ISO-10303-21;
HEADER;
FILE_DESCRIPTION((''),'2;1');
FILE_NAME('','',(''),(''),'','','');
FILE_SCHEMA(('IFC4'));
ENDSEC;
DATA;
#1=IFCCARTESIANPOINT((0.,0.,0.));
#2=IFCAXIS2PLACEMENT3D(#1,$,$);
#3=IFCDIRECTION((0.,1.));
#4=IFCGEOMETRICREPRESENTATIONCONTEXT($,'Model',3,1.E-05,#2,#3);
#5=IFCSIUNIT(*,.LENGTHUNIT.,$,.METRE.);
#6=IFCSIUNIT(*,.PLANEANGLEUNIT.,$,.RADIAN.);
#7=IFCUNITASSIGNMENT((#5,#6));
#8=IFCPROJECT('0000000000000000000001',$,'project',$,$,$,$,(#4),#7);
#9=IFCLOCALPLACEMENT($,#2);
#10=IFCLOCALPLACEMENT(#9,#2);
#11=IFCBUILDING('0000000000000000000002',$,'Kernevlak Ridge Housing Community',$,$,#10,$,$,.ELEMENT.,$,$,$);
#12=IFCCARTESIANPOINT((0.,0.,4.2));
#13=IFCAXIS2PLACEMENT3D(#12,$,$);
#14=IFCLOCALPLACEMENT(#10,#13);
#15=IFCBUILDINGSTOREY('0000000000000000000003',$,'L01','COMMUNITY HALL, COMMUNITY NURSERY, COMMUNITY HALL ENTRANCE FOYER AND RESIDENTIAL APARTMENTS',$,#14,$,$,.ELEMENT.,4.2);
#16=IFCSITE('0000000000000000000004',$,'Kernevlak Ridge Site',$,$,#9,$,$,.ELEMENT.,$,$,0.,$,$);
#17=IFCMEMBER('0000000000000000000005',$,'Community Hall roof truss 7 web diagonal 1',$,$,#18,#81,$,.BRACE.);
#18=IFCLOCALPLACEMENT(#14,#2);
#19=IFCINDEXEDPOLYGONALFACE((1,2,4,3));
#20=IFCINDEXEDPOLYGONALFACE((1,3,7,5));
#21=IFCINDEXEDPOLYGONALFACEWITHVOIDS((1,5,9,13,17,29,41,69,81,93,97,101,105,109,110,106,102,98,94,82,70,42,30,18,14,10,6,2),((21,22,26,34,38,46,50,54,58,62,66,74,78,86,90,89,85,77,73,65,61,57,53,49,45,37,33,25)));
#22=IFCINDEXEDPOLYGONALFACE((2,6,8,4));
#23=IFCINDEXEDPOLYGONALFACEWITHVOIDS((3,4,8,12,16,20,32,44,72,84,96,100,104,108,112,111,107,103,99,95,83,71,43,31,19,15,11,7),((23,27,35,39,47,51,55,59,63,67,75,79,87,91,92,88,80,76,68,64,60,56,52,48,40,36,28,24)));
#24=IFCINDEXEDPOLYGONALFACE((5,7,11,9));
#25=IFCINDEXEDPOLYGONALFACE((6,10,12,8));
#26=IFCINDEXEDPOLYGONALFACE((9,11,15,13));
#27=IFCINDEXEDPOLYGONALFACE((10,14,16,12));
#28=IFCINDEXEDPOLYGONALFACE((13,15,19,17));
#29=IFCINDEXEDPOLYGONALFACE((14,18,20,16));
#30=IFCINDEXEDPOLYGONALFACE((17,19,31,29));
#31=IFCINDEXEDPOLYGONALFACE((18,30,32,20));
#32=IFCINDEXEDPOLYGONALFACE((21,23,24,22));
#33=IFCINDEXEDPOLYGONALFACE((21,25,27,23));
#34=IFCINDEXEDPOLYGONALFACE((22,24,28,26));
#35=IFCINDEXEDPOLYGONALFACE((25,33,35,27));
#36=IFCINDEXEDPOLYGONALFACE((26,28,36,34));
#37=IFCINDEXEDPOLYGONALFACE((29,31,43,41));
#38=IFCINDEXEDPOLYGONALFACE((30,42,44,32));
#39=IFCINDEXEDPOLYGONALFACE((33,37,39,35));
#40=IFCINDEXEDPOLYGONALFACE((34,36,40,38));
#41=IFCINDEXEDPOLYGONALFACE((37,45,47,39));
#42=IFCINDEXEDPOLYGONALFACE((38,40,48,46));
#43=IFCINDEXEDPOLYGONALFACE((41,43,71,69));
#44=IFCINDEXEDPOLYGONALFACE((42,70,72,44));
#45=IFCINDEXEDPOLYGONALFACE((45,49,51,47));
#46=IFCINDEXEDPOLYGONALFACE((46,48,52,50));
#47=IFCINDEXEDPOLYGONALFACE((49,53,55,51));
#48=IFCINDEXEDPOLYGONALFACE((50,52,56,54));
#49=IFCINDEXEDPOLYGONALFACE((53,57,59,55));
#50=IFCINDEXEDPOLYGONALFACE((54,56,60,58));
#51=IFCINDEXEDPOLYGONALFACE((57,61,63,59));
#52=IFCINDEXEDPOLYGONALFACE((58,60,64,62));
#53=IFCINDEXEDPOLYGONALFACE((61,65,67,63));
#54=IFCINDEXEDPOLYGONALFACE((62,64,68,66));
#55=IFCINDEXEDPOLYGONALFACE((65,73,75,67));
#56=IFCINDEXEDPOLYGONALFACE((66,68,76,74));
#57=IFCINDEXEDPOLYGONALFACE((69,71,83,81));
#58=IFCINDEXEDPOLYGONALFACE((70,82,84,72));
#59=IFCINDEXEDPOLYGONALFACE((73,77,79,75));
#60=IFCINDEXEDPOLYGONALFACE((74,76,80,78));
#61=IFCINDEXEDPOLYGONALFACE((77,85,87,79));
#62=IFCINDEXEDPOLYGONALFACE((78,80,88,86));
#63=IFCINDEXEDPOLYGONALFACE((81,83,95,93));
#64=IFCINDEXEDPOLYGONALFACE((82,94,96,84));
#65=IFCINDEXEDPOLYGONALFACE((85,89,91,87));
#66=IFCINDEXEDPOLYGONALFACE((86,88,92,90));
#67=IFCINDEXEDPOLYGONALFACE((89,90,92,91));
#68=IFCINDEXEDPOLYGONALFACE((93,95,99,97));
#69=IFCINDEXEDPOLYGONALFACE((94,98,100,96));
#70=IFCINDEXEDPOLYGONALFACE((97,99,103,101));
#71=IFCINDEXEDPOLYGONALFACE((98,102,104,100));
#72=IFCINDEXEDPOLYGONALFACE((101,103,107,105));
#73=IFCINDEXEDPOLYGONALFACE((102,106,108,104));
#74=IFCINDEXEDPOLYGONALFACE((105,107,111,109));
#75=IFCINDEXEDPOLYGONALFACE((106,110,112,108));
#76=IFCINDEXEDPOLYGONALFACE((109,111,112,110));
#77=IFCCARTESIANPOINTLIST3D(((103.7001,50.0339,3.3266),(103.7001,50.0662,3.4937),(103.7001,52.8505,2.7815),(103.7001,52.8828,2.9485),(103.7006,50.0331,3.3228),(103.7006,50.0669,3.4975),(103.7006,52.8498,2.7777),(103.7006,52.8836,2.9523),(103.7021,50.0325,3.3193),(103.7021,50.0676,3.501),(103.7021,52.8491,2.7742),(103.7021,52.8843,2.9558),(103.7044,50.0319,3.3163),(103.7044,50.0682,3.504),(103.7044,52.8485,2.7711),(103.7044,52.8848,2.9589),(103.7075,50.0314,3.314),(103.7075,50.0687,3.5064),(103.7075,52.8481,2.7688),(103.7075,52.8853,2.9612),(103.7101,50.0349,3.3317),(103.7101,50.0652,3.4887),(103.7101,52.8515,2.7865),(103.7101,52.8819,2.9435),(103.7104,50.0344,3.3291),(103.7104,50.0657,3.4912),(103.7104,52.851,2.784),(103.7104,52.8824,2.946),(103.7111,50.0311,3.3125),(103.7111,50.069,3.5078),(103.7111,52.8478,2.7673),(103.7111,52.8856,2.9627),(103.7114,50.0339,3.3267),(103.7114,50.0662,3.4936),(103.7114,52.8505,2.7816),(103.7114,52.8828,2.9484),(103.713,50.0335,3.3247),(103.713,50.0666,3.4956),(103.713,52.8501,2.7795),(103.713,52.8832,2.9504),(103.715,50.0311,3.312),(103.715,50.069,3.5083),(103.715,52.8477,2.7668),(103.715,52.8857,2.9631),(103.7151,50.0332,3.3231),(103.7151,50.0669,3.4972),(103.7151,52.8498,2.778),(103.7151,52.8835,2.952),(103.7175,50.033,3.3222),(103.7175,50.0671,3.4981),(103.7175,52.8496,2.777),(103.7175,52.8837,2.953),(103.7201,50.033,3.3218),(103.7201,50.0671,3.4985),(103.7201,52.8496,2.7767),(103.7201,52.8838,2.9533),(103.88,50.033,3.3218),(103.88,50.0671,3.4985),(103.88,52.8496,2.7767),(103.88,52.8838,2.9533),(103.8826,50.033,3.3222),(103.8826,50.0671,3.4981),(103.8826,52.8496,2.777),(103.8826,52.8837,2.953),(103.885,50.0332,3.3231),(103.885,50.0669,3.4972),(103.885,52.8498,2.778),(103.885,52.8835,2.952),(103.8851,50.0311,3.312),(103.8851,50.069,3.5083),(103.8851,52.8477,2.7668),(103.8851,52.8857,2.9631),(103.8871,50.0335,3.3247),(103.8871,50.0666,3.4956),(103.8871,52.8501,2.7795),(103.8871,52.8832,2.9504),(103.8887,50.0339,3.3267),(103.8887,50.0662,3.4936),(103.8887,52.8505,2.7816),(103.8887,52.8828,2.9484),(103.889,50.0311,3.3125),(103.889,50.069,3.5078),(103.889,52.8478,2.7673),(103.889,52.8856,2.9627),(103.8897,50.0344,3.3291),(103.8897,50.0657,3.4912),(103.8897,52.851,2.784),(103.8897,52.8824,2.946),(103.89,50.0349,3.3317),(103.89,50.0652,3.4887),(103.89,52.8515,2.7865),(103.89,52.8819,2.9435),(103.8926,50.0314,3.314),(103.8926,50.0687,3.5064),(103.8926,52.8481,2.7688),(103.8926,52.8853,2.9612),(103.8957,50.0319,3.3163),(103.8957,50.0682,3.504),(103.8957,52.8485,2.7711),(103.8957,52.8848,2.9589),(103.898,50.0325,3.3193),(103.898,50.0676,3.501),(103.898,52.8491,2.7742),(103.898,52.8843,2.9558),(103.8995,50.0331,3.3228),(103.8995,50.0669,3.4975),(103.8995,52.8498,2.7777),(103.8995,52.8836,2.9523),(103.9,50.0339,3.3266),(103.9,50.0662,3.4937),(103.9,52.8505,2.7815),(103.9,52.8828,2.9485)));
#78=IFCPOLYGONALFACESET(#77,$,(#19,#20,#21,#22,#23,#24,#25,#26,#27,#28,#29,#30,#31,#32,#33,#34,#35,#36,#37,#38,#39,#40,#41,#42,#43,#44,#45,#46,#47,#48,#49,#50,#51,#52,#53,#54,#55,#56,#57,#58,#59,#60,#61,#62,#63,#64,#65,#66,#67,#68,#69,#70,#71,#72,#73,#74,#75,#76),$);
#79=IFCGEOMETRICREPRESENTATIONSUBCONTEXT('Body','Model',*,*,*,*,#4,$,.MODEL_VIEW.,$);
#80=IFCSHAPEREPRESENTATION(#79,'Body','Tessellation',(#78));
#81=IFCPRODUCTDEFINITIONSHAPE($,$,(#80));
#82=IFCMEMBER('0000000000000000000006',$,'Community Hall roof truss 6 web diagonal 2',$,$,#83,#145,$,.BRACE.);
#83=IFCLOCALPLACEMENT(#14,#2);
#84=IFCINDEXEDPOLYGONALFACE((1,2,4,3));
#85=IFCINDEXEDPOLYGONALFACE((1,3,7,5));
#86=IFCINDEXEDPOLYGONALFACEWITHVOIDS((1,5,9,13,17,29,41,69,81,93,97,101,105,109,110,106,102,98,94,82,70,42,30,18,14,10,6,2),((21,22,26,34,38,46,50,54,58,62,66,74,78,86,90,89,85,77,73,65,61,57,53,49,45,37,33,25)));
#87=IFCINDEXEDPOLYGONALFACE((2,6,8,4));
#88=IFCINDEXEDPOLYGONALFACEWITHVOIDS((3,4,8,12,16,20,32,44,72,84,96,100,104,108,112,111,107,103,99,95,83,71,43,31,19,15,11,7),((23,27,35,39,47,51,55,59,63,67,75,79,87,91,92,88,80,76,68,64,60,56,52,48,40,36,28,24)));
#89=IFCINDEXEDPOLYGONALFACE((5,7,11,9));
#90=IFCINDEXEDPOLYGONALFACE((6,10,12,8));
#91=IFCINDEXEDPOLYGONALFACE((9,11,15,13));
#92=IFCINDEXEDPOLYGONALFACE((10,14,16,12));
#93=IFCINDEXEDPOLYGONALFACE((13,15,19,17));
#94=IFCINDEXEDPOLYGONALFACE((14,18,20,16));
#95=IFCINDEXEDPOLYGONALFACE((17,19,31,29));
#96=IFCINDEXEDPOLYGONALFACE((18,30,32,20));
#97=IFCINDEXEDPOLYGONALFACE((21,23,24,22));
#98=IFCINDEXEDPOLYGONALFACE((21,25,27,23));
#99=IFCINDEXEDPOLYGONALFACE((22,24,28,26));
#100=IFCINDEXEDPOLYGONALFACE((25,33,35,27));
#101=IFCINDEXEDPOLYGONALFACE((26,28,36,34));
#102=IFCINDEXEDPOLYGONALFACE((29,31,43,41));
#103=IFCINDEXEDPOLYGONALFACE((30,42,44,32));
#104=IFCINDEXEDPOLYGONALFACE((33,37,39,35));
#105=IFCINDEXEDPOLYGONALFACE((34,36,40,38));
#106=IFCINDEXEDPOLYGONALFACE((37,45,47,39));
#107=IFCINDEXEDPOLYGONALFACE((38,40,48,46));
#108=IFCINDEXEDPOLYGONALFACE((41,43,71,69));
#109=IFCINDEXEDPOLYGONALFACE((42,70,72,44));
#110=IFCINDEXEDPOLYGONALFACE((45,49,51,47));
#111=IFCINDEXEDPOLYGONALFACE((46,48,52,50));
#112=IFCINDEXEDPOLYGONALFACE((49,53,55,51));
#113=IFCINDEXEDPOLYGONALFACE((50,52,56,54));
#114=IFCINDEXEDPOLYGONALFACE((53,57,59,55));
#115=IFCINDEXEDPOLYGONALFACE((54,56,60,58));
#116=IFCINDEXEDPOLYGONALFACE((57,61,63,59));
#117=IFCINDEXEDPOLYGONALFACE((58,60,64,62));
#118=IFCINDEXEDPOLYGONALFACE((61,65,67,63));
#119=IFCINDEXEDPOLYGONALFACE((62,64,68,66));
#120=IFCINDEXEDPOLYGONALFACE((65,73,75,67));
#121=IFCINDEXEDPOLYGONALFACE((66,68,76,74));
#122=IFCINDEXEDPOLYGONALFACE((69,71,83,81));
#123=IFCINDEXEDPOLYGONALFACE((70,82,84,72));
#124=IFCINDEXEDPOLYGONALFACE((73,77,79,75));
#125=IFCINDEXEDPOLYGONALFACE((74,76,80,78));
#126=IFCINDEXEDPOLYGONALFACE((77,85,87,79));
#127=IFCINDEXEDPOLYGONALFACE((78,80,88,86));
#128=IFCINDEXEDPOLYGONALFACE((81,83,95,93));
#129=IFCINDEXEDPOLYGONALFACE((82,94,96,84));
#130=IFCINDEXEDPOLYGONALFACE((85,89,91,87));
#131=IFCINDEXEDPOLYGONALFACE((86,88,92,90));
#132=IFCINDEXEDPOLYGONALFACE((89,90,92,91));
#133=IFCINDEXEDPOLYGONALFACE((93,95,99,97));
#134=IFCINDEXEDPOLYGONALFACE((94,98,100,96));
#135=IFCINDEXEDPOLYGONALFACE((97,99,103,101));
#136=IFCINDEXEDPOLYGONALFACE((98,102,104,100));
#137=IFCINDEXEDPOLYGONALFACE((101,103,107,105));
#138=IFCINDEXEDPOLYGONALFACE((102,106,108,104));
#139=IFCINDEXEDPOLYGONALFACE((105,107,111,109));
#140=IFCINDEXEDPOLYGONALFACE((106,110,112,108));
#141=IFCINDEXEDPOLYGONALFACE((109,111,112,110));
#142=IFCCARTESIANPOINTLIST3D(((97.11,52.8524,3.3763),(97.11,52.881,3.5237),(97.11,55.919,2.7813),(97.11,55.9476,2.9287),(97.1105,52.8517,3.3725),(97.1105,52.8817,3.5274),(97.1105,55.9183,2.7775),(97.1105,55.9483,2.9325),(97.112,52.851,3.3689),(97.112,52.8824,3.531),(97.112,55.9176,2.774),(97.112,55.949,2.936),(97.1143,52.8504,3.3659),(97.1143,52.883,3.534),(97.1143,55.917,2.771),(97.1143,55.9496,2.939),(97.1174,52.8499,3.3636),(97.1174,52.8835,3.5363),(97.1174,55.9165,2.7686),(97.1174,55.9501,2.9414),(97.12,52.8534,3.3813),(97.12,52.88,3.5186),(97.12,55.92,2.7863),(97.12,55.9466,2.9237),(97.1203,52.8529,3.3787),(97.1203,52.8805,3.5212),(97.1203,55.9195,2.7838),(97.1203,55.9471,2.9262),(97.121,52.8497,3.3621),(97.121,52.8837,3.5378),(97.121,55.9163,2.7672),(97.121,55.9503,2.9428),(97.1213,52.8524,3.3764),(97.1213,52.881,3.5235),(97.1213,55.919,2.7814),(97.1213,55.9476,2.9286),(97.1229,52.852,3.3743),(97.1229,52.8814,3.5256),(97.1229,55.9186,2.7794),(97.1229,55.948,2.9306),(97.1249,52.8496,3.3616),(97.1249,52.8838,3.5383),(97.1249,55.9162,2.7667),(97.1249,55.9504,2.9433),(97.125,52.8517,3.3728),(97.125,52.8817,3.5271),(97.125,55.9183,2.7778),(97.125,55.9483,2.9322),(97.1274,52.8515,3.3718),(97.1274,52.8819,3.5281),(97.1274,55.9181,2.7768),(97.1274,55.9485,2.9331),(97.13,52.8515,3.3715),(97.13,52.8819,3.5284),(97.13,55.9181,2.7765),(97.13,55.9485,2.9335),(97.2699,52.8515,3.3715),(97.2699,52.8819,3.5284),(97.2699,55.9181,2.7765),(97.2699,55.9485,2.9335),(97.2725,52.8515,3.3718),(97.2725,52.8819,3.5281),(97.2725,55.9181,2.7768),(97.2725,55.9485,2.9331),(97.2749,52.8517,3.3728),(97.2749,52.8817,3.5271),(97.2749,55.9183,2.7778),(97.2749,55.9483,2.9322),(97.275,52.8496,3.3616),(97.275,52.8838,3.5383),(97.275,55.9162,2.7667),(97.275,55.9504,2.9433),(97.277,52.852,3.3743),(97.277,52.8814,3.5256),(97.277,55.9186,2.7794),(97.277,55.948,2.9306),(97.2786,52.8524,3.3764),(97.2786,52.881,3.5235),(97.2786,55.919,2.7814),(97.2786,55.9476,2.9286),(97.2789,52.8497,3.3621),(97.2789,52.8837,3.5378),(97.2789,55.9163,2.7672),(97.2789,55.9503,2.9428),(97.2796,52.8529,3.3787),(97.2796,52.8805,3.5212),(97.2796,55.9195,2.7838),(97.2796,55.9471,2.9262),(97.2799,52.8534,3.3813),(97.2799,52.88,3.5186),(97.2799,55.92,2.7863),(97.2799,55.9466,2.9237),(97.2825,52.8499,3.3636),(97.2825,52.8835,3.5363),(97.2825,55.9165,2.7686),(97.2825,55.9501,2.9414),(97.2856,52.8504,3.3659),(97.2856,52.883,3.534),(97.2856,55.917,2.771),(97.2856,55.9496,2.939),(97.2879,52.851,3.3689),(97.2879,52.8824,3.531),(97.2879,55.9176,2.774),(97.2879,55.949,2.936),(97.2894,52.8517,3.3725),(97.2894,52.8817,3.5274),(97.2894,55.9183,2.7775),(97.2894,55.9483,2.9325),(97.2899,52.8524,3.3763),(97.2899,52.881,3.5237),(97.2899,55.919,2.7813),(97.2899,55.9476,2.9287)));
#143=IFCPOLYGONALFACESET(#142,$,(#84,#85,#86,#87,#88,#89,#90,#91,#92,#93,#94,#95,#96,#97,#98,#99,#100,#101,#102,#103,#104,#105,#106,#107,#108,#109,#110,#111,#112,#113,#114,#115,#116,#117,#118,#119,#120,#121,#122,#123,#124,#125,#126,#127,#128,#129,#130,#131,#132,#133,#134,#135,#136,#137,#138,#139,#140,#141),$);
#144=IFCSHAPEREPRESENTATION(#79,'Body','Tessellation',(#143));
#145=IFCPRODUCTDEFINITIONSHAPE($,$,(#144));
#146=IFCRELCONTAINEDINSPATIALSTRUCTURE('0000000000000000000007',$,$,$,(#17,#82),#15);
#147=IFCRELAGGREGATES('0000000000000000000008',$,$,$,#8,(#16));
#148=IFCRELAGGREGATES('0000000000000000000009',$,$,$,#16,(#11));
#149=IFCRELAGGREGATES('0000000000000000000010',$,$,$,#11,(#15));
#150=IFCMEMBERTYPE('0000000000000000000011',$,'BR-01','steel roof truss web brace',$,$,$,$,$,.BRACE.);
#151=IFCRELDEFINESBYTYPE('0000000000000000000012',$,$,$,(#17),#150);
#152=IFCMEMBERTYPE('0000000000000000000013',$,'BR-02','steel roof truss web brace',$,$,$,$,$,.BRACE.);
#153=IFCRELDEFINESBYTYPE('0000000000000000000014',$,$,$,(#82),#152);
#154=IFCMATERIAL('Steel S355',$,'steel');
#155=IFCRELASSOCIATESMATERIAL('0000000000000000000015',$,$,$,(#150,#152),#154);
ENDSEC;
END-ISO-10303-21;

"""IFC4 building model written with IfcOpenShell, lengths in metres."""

from ifc_helpers import new_model, si_unit, direction, frame, origin, origin_2d, place, context, subcontext, project, spatial, hollow_rectangle, extrude, material, material_profile, profile_set, type_object, element, save


model = new_model("IFC4")

# Units and contexts
model_context = context("Model", 3, precision=1e-05, world=origin(), true_north=direction((0.0, 1.0)))
body_context = subcontext(model_context, "Body", "Model", "MODEL_VIEW")
ifc_project = project(units=[si_unit("LENGTHUNIT", "METRE"), si_unit("PLANEANGLEUNIT", "RADIAN")], contexts=[model_context])

# Site, building, storey
site_placement = place(None, origin())
site = spatial("IfcSite", under=ifc_project, at=site_placement, Name="Kernevlak Ridge Site", CompositionType="ELEMENT", RefElevation=0.0)
building_placement = place(site_placement, origin())
building = spatial("IfcBuilding", under=site, at=building_placement, Name="Kernevlak Ridge Housing Community", CompositionType="ELEMENT")
storey_placement = place(building_placement, frame((0.0, 0.0, 4.2)))
storey = spatial("IfcBuildingStorey", under=building, at=storey_placement, Name="L01", Description="COMMUNITY HALL, COMMUNITY NURSERY, COMMUNITY HALL ENTRANCE FOYER AND RESIDENTIAL APARTMENTS", CompositionType="ELEMENT", Elevation=4.2)

# Shared definitions
ifc_material_1 = material(Name="Steel S355", Category="steel")

# Members
ifc_material_profile_1 = material_profile(ifc_material_1, hollow_rectangle(XDim=0.2, YDim=0.2, WallThickness=0.01, InnerFilletRadius=0.01, OuterFilletRadius=0.0149, at=origin_2d()), Name="SHS 200x200x10")
ifc_profile_set_1 = profile_set([ifc_material_profile_1], Name="Steel S355")
member_type_1 = type_object("IfcMemberType", Name="BR-01", Description="steel roof truss web brace", PredefinedType="BRACE", material=ifc_profile_set_1)
member_1_placement = place(storey_placement, frame((103.8, 50.05, 3.4102), z_axis=(0.0, 0.981779, -0.190025), x_axis=(-1.0, 0.0, 0.0)))
element("IfcMember", 1, at=member_1_placement, inside=storey, type_object=member_type_1, Name="Community Hall roof truss 7 web diagonal 1", PredefinedType="BRACE", context=body_context, shape_type="SweptSolid", body=[
    extrude(hollow_rectangle(XDim=0.2, YDim=0.2, WallThickness=0.01, InnerFilletRadius=0.01, OuterFilletRadius=0.0149, at=origin_2d()), origin(), (0.0, 0.0, 1.0), 2.8689),
])
ifc_material_profile_2 = material_profile(ifc_material_1, hollow_rectangle(XDim=0.1799, YDim=0.1799, WallThickness=0.01, InnerFilletRadius=0.01, OuterFilletRadius=0.0149, at=origin_2d()), Name="SHS 180x180x10")
ifc_profile_set_2 = profile_set([ifc_material_profile_2], Name="Steel S355")
member_type_2 = type_object("IfcMemberType", Name="BR-02", Description="steel roof truss web brace", PredefinedType="BRACE", material=ifc_profile_set_2)
member_2_placement = place(storey_placement, frame((97.2, 52.8667, 3.45), z_axis=(0.0, 0.981695, -0.190462), x_axis=(-1.0, 0.0, 0.0)))
element("IfcMember", 2, at=member_2_placement, inside=storey, type_object=member_type_2, Name="Community Hall roof truss 6 web diagonal 2", PredefinedType="BRACE", context=body_context, shape_type="SweptSolid", body=[
    extrude(hollow_rectangle(XDim=0.1799, YDim=0.1799, WallThickness=0.01, InnerFilletRadius=0.01, OuterFilletRadius=0.0149, at=origin_2d()), origin(), (0.0, 0.0, 1.0), 3.1238),
])

save(model, "model.ifc")
